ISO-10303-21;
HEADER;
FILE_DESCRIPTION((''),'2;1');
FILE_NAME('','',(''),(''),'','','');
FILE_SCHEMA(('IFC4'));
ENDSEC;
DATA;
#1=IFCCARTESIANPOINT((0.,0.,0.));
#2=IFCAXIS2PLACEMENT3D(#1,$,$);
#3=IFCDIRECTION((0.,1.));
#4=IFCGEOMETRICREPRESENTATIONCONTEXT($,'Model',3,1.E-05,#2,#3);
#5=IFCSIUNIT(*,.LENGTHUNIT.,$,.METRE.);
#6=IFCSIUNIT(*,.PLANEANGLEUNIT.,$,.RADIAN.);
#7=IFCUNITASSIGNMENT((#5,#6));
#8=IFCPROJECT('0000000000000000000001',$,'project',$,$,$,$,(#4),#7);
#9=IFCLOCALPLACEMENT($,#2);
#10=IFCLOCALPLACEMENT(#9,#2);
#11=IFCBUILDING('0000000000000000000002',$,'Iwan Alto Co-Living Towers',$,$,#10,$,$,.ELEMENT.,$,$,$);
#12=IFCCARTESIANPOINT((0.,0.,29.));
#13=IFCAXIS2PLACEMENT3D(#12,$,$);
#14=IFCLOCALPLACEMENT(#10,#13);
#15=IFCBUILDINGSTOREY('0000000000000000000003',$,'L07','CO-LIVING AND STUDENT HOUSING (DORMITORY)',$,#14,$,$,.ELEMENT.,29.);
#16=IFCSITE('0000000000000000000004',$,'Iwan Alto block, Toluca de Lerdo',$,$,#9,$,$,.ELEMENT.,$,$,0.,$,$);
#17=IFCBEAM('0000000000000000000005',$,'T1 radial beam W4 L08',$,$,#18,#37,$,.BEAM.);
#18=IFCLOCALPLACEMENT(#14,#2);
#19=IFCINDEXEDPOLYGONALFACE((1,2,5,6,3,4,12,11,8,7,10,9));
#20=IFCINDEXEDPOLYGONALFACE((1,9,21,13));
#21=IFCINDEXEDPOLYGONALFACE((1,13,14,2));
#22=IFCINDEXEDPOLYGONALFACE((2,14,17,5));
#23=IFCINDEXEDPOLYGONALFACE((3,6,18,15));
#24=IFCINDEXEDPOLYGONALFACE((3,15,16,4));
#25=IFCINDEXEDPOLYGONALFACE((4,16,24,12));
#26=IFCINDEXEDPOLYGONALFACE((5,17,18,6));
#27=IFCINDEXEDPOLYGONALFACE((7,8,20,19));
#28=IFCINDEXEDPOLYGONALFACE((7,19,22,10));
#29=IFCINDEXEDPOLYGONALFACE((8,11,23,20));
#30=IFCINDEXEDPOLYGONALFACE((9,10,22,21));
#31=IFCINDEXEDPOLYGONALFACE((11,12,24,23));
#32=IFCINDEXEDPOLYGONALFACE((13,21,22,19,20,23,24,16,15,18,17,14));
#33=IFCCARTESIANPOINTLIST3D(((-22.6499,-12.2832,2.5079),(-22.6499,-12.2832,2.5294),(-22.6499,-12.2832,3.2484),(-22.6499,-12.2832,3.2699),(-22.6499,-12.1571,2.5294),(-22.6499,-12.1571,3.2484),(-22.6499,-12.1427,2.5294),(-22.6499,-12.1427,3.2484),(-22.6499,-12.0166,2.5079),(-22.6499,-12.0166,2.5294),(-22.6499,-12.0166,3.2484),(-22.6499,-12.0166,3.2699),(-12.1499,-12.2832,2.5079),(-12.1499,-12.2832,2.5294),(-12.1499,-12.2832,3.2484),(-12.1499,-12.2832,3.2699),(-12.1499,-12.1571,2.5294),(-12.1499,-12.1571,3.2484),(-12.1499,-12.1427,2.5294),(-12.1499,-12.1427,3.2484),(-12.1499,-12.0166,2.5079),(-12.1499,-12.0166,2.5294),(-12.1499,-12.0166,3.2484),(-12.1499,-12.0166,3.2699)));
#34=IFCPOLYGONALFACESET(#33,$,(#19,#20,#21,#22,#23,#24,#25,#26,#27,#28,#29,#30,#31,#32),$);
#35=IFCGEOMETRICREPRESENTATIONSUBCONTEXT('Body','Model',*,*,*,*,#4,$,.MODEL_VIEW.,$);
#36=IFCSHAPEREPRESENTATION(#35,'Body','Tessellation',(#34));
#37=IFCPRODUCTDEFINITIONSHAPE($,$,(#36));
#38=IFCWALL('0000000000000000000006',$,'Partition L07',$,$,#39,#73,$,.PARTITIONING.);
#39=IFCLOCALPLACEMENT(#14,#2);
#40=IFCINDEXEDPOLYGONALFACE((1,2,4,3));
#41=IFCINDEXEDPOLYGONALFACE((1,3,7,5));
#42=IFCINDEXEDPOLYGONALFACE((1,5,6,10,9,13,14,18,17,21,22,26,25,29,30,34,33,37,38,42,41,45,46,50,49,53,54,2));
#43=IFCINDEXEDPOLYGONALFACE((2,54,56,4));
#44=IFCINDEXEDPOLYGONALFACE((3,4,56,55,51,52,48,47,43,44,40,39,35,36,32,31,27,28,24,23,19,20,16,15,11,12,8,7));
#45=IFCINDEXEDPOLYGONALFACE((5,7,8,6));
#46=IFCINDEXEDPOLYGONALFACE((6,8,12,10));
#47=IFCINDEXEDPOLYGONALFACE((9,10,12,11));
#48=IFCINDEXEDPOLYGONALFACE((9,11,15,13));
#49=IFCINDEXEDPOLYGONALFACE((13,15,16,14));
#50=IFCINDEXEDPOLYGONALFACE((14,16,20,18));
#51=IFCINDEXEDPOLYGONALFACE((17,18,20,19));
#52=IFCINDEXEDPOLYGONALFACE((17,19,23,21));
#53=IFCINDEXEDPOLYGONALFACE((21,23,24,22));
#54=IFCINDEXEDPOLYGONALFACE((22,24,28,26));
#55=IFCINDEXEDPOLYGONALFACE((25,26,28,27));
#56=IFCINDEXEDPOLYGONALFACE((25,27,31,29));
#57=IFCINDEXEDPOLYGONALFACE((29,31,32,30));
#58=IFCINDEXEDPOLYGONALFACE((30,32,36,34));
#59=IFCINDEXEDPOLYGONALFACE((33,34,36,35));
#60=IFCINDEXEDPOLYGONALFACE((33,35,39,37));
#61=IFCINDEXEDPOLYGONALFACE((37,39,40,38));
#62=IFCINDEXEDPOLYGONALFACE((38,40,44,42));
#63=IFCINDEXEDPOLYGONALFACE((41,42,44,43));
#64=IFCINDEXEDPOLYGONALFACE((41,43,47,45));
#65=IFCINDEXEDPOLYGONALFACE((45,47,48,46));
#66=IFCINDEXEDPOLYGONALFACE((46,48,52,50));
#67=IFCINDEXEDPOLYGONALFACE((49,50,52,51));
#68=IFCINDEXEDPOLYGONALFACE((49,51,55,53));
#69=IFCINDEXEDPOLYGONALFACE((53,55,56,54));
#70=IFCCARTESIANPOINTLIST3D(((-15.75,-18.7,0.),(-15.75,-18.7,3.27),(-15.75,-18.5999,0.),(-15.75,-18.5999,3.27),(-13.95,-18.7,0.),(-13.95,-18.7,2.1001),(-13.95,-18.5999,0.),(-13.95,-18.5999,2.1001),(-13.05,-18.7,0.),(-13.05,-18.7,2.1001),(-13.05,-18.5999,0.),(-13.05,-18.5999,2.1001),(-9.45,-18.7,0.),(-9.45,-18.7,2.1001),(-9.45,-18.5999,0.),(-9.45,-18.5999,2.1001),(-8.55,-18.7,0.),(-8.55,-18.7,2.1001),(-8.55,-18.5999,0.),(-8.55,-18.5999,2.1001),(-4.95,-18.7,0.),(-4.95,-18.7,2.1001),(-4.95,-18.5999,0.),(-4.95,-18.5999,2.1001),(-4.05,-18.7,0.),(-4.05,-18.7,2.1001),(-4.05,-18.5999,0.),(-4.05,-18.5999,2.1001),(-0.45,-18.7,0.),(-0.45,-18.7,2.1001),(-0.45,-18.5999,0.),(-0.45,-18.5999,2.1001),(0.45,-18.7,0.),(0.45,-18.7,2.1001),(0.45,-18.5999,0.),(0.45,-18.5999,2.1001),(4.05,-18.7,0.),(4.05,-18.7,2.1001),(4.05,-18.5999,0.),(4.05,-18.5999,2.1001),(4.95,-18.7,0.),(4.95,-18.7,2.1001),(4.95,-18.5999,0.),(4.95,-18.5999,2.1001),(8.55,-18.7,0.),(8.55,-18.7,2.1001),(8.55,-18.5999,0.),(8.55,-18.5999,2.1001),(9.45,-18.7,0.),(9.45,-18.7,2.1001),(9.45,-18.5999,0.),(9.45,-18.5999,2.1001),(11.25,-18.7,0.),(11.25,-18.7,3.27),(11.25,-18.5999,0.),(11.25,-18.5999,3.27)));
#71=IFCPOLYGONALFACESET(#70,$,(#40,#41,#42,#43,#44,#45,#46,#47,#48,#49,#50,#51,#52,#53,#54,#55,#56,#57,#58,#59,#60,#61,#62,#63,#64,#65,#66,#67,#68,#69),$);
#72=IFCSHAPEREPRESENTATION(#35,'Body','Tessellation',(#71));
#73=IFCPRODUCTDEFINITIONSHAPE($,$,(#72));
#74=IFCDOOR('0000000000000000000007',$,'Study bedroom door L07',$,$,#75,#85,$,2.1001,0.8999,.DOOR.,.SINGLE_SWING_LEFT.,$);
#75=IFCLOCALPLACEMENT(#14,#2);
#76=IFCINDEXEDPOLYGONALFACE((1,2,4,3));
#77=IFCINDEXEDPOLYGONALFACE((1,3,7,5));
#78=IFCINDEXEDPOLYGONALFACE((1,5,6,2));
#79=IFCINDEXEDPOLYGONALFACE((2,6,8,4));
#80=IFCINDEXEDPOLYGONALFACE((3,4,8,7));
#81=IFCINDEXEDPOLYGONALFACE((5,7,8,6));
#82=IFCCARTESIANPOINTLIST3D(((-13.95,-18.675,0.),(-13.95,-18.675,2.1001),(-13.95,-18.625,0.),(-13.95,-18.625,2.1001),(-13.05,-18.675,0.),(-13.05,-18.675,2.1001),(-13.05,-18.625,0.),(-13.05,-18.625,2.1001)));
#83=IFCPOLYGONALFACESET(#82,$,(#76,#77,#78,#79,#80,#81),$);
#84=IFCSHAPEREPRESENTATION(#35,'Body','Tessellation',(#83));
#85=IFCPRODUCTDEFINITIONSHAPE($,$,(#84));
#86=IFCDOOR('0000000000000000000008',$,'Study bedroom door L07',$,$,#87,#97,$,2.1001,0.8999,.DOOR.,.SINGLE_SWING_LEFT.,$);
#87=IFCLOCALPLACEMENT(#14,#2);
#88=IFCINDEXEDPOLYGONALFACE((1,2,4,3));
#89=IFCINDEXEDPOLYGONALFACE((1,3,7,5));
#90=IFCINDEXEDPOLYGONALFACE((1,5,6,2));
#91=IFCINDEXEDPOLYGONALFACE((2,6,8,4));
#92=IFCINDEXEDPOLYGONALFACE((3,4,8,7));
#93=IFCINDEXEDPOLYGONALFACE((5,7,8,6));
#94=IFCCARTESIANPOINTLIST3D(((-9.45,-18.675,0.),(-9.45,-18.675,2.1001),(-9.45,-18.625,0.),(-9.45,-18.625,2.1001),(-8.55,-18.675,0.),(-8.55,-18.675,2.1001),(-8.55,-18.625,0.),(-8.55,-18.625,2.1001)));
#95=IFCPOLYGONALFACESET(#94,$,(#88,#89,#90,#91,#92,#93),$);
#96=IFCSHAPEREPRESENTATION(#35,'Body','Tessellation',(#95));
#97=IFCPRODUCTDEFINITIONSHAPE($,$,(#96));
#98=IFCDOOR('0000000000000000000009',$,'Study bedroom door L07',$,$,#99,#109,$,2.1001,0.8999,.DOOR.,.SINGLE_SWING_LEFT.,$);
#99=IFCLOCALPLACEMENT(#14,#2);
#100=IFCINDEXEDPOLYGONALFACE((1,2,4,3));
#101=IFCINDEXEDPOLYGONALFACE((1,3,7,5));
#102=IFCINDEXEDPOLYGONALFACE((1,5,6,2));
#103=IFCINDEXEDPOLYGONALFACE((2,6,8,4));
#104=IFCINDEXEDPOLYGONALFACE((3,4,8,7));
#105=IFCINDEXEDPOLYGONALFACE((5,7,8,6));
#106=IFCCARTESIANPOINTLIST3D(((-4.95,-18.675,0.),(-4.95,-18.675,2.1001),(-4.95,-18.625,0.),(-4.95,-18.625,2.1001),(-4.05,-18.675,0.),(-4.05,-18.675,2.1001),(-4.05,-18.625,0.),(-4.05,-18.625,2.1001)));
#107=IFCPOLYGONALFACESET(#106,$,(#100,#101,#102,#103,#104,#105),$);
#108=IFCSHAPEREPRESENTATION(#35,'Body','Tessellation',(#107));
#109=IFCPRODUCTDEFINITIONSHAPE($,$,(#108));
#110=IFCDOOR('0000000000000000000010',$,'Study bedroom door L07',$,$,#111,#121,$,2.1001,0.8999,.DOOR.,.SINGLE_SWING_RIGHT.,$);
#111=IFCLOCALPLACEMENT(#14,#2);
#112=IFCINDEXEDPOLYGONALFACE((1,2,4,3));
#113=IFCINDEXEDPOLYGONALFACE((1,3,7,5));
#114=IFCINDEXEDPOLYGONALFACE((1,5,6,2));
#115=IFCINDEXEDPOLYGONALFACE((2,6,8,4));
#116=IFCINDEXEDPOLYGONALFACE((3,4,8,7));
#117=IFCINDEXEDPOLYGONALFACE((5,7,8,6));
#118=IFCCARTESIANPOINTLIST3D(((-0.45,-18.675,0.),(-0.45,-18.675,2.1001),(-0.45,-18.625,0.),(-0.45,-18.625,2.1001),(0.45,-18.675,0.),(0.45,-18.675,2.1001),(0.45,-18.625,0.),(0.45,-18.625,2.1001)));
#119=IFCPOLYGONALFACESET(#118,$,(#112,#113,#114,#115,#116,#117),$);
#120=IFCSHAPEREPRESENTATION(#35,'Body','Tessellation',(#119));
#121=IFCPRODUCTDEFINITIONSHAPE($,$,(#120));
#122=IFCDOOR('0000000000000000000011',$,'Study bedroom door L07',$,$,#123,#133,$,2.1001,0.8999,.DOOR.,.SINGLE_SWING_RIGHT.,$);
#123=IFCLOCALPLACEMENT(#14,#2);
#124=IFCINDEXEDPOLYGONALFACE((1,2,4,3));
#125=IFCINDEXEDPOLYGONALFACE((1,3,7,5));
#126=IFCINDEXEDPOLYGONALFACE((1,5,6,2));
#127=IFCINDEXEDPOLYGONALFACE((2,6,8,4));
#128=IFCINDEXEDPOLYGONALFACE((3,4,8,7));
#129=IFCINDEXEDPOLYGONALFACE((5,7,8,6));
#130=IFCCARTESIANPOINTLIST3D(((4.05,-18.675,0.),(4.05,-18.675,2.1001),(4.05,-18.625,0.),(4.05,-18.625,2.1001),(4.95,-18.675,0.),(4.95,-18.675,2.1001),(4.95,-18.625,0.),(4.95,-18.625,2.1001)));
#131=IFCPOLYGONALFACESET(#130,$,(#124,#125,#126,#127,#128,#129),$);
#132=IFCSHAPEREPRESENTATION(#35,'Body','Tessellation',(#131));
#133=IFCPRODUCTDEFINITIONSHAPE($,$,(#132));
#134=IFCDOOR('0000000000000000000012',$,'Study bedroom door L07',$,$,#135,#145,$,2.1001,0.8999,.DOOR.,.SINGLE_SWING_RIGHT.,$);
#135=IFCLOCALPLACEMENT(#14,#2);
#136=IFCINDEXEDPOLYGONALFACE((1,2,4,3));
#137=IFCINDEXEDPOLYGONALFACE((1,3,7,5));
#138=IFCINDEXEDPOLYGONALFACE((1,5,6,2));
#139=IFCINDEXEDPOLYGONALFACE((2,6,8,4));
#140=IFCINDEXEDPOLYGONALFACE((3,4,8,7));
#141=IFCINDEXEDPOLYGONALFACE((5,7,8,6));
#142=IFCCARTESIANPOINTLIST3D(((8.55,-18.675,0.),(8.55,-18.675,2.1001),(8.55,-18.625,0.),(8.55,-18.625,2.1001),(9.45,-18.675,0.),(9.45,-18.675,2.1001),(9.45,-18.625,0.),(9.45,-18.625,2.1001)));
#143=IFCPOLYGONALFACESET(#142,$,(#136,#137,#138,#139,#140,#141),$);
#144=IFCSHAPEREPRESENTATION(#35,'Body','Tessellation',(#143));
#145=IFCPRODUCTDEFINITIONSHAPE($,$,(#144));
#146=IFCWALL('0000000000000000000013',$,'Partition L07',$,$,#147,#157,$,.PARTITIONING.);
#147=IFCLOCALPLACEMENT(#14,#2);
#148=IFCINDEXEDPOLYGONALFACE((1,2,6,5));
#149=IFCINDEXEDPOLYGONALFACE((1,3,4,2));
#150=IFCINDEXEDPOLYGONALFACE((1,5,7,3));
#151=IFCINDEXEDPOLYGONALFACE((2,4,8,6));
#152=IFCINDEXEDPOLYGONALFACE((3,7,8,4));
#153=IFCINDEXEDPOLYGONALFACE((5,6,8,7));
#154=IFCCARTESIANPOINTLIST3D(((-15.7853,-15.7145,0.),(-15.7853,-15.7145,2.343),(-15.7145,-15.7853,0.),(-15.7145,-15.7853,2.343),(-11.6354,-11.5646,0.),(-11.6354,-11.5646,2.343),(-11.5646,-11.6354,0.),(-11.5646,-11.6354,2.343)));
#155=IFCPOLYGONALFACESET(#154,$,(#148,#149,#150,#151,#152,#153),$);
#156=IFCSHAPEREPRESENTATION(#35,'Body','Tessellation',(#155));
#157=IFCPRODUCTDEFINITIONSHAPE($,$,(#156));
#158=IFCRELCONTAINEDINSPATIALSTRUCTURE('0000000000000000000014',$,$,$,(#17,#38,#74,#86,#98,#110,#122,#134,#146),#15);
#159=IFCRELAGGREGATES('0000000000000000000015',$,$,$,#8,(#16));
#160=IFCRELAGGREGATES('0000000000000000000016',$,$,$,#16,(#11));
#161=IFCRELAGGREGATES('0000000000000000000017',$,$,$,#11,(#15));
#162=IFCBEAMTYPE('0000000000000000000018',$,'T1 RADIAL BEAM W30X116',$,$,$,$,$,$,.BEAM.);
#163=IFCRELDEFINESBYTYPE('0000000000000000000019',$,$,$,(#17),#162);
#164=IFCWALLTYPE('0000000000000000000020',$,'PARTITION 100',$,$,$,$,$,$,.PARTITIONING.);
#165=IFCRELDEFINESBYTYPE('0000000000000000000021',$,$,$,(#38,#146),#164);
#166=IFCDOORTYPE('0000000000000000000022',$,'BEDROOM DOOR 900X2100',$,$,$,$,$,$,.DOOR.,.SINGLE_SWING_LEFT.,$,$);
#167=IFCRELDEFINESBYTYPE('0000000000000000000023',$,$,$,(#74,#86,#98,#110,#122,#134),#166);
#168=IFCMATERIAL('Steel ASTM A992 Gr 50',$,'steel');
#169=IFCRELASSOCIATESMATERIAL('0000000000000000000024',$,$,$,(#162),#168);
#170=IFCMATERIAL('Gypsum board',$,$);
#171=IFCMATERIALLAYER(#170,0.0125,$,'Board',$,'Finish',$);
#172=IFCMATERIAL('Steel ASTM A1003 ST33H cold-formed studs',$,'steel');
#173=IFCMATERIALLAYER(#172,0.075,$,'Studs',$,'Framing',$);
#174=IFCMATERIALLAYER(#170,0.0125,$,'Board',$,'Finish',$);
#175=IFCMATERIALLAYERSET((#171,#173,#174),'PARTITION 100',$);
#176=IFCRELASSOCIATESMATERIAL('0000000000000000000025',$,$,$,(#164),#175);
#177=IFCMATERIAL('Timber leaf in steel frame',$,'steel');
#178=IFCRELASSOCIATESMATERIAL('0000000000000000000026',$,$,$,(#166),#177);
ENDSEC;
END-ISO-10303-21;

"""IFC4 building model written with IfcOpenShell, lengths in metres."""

from ifc_helpers import new_model, si_unit, direction, frame, frame_2d, origin, origin_2d, place, context, subcontext, project, spatial, rectangle, i_section, extrude, material, layer, layer_set, material_profile, profile_set, type_object, element, fill, save


model = new_model("IFC4")

# Units and contexts
model_context = context("Model", 3, precision=1e-05, world=origin(), true_north=direction((0.0, 1.0)))
body_context = subcontext(model_context, "Body", "Model", "MODEL_VIEW")
ifc_project = project(units=[si_unit("LENGTHUNIT", "METRE"), si_unit("PLANEANGLEUNIT", "RADIAN")], contexts=[model_context])

# Site, building, storey
site_placement = place(None, origin())
site = spatial("IfcSite", under=ifc_project, at=site_placement, Name="Iwan Alto block, Toluca de Lerdo", CompositionType="ELEMENT", RefElevation=0.0)
building_placement = place(site_placement, origin())
building = spatial("IfcBuilding", under=site, at=building_placement, Name="Iwan Alto Co-Living Towers", CompositionType="ELEMENT")
storey_placement = place(building_placement, frame((0.0, 0.0, 29.0)))
storey = spatial("IfcBuildingStorey", under=building, at=storey_placement, Name="L07", Description="CO-LIVING AND STUDENT HOUSING (DORMITORY)", CompositionType="ELEMENT", Elevation=29.0)

# Beam
ifc_material_1 = material(Name="Steel ASTM A992 Gr 50", Category="steel")
ifc_material_profile = material_profile(ifc_material_1, i_section(OverallWidth=0.2666, OverallDepth=0.762, WebThickness=0.0144, FlangeThickness=0.0215, at=origin_2d()), Name="W30X116")
ifc_profile_set = profile_set([ifc_material_profile], Name="Steel ASTM A992 Gr 50")
beam_type = type_object("IfcBeamType", Name="T1 RADIAL BEAM W30X116", PredefinedType="BEAM", material=ifc_profile_set)
beam_placement = place(storey_placement, frame((-22.6499, -12.1499, 2.8889), z_axis=(1.0, 0.0, 0.0), x_axis=(0.0, 1.0, 0.0)))
element("IfcBeam", 1, at=beam_placement, inside=storey, type_object=beam_type, Name="T1 radial beam W4 L08", PredefinedType="BEAM", context=body_context, shape_type="SweptSolid", body=[
    extrude(i_section(OverallWidth=0.2666, OverallDepth=0.762, WebThickness=0.0144, FlangeThickness=0.0215, at=origin_2d()), origin(), (0.0, 0.0, 1.0), 10.5),
])

# Wall, openings, doors
ifc_material_2 = material(Name="Gypsum board")
ifc_layer_1 = layer(ifc_material_2, 0.0125, Name="Board", Category="Finish")
ifc_material_3 = material(Name="Steel ASTM A1003 ST33H cold-formed studs", Category="steel")
ifc_layer_2 = layer(ifc_material_3, 0.075, Name="Studs", Category="Framing")
ifc_layer_3 = layer(ifc_material_2, 0.0125, Name="Board", Category="Finish")
ifc_layer_set = layer_set([ifc_layer_1, ifc_layer_2, ifc_layer_3], Name="PARTITION 100")
wall_type = type_object("IfcWallType", Name="PARTITION 100", PredefinedType="PARTITIONING", material=ifc_layer_set)
wall_1_placement = place(storey_placement, frame((-15.75, -18.6499, 0.0), z_axis=(0.0, 0.0, 1.0), x_axis=(1.0, 0.0, 0.0)))
wall_1 = element("IfcWall", 2, at=wall_1_placement, inside=storey, type_object=wall_type, Name="Partition L07", PredefinedType="PARTITIONING", context=body_context, shape_type="SweptSolid", body=[
    extrude(rectangle(XDim=27.0, YDim=0.1001, at=frame_2d((13.5, 0.0))), origin(), (0.0, 0.0, 1.0), 3.27),
])
opening_1_placement = place(wall_1_placement, frame((1.8, 0.0, 0.0)))
opening_1 = element("IfcOpeningElement", 3, at=opening_1_placement, cuts=wall_1, PredefinedType="OPENING", context=body_context, shape_type="SweptSolid", body=[
    extrude(rectangle(XDim=0.8999, YDim=2.1001, at=frame_2d((0.45, 1.05))), frame((0.0, 0.0601, 0.0), z_axis=(0.0, -1.0, 0.0), x_axis=(1.0, 0.0, 0.0)), (0.0, 0.0, 1.0), 0.1201),
])
opening_2_placement = place(wall_1_placement, frame((6.3, 0.0, 0.0)))
opening_2 = element("IfcOpeningElement", 4, at=opening_2_placement, cuts=wall_1, PredefinedType="OPENING", context=body_context, shape_type="SweptSolid", body=[
    extrude(rectangle(XDim=0.8999, YDim=2.1001, at=frame_2d((0.45, 1.05))), frame((0.0, 0.0601, 0.0), z_axis=(0.0, -1.0, 0.0), x_axis=(1.0, 0.0, 0.0)), (0.0, 0.0, 1.0), 0.1201),
])
opening_3_placement = place(wall_1_placement, frame((10.8, 0.0, 0.0)))
opening_3 = element("IfcOpeningElement", 5, at=opening_3_placement, cuts=wall_1, PredefinedType="OPENING", context=body_context, shape_type="SweptSolid", body=[
    extrude(rectangle(XDim=0.8999, YDim=2.1001, at=frame_2d((0.45, 1.05))), frame((0.0, 0.0601, 0.0), z_axis=(0.0, -1.0, 0.0), x_axis=(1.0, 0.0, 0.0)), (0.0, 0.0, 1.0), 0.1201),
])
opening_4_placement = place(wall_1_placement, frame((15.3, 0.0, 0.0)))
opening_4 = element("IfcOpeningElement", 6, at=opening_4_placement, cuts=wall_1, PredefinedType="OPENING", context=body_context, shape_type="SweptSolid", body=[
    extrude(rectangle(XDim=0.8999, YDim=2.1001, at=frame_2d((0.45, 1.05))), frame((0.0, 0.0601, 0.0), z_axis=(0.0, -1.0, 0.0), x_axis=(1.0, 0.0, 0.0)), (0.0, 0.0, 1.0), 0.1201),
])
opening_5_placement = place(wall_1_placement, frame((19.8, 0.0, 0.0)))
opening_5 = element("IfcOpeningElement", 7, at=opening_5_placement, cuts=wall_1, PredefinedType="OPENING", context=body_context, shape_type="SweptSolid", body=[
    extrude(rectangle(XDim=0.8999, YDim=2.1001, at=frame_2d((0.45, 1.05))), frame((0.0, 0.0601, 0.0), z_axis=(0.0, -1.0, 0.0), x_axis=(1.0, 0.0, 0.0)), (0.0, 0.0, 1.0), 0.1201),
])
opening_6_placement = place(wall_1_placement, frame((24.3, 0.0, 0.0)))
opening_6 = element("IfcOpeningElement", 8, at=opening_6_placement, cuts=wall_1, PredefinedType="OPENING", context=body_context, shape_type="SweptSolid", body=[
    extrude(rectangle(XDim=0.8999, YDim=2.1001, at=frame_2d((0.45, 1.05))), frame((0.0, 0.0601, 0.0), z_axis=(0.0, -1.0, 0.0), x_axis=(1.0, 0.0, 0.0)), (0.0, 0.0, 1.0), 0.1201),
])
ifc_material_4 = material(Name="Timber leaf in steel frame", Category="steel")
door_type_1 = type_object("IfcDoorType", Name="BEDROOM DOOR 900X2100", OperationType="SINGLE_SWING_LEFT", PredefinedType="DOOR", material=ifc_material_4)
door_1_placement = place(opening_1_placement, origin())
door_1 = element("IfcDoor", 9, at=door_1_placement, inside=storey, type_object=door_type_1, Name="Study bedroom door L07", OperationType="SINGLE_SWING_LEFT", OverallHeight=2.1001, OverallWidth=0.8999, PredefinedType="DOOR", context=body_context, shape_type="SweptSolid", body=[
    extrude(rectangle(XDim=0.8999, YDim=2.1001, at=frame_2d((0.45, 1.05))), frame((0.0, 0.0249, 0.0), z_axis=(0.0, -1.0, 0.0), x_axis=(1.0, 0.0, 0.0)), (0.0, 0.0, 1.0), 0.05),
])
fill(opening_1, door_1)
door_2_placement = place(opening_2_placement, origin())
door_2 = element("IfcDoor", 10, at=door_2_placement, inside=storey, type_object=door_type_1, Name="Study bedroom door L07", OperationType="SINGLE_SWING_LEFT", OverallHeight=2.1001, OverallWidth=0.8999, PredefinedType="DOOR", context=body_context, shape_type="SweptSolid", body=[
    extrude(rectangle(XDim=0.8999, YDim=2.1001, at=frame_2d((0.45, 1.05))), frame((0.0, 0.0249, 0.0), z_axis=(0.0, -1.0, 0.0), x_axis=(1.0, 0.0, 0.0)), (0.0, 0.0, 1.0), 0.05),
])
fill(opening_2, door_2)
door_3_placement = place(opening_3_placement, origin())
door_3 = element("IfcDoor", 11, at=door_3_placement, inside=storey, type_object=door_type_1, Name="Study bedroom door L07", OperationType="SINGLE_SWING_LEFT", OverallHeight=2.1001, OverallWidth=0.8999, PredefinedType="DOOR", context=body_context, shape_type="SweptSolid", body=[
    extrude(rectangle(XDim=0.8999, YDim=2.1001, at=frame_2d((0.45, 1.05))), frame((0.0, 0.0249, 0.0), z_axis=(0.0, -1.0, 0.0), x_axis=(1.0, 0.0, 0.0)), (0.0, 0.0, 1.0), 0.05),
])
fill(opening_3, door_3)
door_4_placement = place(opening_4_placement, origin())
door_4 = element("IfcDoor", 12, at=door_4_placement, inside=storey, type_object=door_type_1, Name="Study bedroom door L07", OperationType="SINGLE_SWING_RIGHT", OverallHeight=2.1001, OverallWidth=0.8999, PredefinedType="DOOR", context=body_context, shape_type="SweptSolid", body=[
    extrude(rectangle(XDim=0.8999, YDim=2.1001, at=frame_2d((0.45, 1.05))), frame((0.0, 0.0249, 0.0), z_axis=(0.0, -1.0, 0.0), x_axis=(1.0, 0.0, 0.0)), (0.0, 0.0, 1.0), 0.05),
])
fill(opening_4, door_4)
door_5_placement = place(opening_5_placement, origin())
door_5 = element("IfcDoor", 13, at=door_5_placement, inside=storey, type_object=door_type_1, Name="Study bedroom door L07", OperationType="SINGLE_SWING_RIGHT", OverallHeight=2.1001, OverallWidth=0.8999, PredefinedType="DOOR", context=body_context, shape_type="SweptSolid", body=[
    extrude(rectangle(XDim=0.8999, YDim=2.1001, at=frame_2d((0.45, 1.05))), frame((0.0, 0.0249, 0.0), z_axis=(0.0, -1.0, 0.0), x_axis=(1.0, 0.0, 0.0)), (0.0, 0.0, 1.0), 0.05),
])
fill(opening_5, door_5)
door_6_placement = place(opening_6_placement, origin())
door_6 = element("IfcDoor", 14, at=door_6_placement, inside=storey, type_object=door_type_1, Name="Study bedroom door L07", OperationType="SINGLE_SWING_RIGHT", OverallHeight=2.1001, OverallWidth=0.8999, PredefinedType="DOOR", context=body_context, shape_type="SweptSolid", body=[
    extrude(rectangle(XDim=0.8999, YDim=2.1001, at=frame_2d((0.45, 1.05))), frame((0.0, 0.0249, 0.0), z_axis=(0.0, -1.0, 0.0), x_axis=(1.0, 0.0, 0.0)), (0.0, 0.0, 1.0), 0.05),
])
fill(opening_6, door_6)

# Wall
wall_2_placement = place(storey_placement, frame((-15.75, -15.75, 0.0), z_axis=(0.0, 0.0, 1.0), x_axis=(0.707107, 0.707107, 0.0)))
element("IfcWall", 15, at=wall_2_placement, inside=storey, type_object=wall_type, Name="Partition L07", PredefinedType="PARTITIONING", context=body_context, shape_type="SweptSolid", body=[
    extrude(rectangle(XDim=5.8689, YDim=0.1001, at=frame_2d((2.9346, 0.0))), origin(), (0.0, 0.0, 1.0), 2.343),
])

save(model, "model.ifc")
